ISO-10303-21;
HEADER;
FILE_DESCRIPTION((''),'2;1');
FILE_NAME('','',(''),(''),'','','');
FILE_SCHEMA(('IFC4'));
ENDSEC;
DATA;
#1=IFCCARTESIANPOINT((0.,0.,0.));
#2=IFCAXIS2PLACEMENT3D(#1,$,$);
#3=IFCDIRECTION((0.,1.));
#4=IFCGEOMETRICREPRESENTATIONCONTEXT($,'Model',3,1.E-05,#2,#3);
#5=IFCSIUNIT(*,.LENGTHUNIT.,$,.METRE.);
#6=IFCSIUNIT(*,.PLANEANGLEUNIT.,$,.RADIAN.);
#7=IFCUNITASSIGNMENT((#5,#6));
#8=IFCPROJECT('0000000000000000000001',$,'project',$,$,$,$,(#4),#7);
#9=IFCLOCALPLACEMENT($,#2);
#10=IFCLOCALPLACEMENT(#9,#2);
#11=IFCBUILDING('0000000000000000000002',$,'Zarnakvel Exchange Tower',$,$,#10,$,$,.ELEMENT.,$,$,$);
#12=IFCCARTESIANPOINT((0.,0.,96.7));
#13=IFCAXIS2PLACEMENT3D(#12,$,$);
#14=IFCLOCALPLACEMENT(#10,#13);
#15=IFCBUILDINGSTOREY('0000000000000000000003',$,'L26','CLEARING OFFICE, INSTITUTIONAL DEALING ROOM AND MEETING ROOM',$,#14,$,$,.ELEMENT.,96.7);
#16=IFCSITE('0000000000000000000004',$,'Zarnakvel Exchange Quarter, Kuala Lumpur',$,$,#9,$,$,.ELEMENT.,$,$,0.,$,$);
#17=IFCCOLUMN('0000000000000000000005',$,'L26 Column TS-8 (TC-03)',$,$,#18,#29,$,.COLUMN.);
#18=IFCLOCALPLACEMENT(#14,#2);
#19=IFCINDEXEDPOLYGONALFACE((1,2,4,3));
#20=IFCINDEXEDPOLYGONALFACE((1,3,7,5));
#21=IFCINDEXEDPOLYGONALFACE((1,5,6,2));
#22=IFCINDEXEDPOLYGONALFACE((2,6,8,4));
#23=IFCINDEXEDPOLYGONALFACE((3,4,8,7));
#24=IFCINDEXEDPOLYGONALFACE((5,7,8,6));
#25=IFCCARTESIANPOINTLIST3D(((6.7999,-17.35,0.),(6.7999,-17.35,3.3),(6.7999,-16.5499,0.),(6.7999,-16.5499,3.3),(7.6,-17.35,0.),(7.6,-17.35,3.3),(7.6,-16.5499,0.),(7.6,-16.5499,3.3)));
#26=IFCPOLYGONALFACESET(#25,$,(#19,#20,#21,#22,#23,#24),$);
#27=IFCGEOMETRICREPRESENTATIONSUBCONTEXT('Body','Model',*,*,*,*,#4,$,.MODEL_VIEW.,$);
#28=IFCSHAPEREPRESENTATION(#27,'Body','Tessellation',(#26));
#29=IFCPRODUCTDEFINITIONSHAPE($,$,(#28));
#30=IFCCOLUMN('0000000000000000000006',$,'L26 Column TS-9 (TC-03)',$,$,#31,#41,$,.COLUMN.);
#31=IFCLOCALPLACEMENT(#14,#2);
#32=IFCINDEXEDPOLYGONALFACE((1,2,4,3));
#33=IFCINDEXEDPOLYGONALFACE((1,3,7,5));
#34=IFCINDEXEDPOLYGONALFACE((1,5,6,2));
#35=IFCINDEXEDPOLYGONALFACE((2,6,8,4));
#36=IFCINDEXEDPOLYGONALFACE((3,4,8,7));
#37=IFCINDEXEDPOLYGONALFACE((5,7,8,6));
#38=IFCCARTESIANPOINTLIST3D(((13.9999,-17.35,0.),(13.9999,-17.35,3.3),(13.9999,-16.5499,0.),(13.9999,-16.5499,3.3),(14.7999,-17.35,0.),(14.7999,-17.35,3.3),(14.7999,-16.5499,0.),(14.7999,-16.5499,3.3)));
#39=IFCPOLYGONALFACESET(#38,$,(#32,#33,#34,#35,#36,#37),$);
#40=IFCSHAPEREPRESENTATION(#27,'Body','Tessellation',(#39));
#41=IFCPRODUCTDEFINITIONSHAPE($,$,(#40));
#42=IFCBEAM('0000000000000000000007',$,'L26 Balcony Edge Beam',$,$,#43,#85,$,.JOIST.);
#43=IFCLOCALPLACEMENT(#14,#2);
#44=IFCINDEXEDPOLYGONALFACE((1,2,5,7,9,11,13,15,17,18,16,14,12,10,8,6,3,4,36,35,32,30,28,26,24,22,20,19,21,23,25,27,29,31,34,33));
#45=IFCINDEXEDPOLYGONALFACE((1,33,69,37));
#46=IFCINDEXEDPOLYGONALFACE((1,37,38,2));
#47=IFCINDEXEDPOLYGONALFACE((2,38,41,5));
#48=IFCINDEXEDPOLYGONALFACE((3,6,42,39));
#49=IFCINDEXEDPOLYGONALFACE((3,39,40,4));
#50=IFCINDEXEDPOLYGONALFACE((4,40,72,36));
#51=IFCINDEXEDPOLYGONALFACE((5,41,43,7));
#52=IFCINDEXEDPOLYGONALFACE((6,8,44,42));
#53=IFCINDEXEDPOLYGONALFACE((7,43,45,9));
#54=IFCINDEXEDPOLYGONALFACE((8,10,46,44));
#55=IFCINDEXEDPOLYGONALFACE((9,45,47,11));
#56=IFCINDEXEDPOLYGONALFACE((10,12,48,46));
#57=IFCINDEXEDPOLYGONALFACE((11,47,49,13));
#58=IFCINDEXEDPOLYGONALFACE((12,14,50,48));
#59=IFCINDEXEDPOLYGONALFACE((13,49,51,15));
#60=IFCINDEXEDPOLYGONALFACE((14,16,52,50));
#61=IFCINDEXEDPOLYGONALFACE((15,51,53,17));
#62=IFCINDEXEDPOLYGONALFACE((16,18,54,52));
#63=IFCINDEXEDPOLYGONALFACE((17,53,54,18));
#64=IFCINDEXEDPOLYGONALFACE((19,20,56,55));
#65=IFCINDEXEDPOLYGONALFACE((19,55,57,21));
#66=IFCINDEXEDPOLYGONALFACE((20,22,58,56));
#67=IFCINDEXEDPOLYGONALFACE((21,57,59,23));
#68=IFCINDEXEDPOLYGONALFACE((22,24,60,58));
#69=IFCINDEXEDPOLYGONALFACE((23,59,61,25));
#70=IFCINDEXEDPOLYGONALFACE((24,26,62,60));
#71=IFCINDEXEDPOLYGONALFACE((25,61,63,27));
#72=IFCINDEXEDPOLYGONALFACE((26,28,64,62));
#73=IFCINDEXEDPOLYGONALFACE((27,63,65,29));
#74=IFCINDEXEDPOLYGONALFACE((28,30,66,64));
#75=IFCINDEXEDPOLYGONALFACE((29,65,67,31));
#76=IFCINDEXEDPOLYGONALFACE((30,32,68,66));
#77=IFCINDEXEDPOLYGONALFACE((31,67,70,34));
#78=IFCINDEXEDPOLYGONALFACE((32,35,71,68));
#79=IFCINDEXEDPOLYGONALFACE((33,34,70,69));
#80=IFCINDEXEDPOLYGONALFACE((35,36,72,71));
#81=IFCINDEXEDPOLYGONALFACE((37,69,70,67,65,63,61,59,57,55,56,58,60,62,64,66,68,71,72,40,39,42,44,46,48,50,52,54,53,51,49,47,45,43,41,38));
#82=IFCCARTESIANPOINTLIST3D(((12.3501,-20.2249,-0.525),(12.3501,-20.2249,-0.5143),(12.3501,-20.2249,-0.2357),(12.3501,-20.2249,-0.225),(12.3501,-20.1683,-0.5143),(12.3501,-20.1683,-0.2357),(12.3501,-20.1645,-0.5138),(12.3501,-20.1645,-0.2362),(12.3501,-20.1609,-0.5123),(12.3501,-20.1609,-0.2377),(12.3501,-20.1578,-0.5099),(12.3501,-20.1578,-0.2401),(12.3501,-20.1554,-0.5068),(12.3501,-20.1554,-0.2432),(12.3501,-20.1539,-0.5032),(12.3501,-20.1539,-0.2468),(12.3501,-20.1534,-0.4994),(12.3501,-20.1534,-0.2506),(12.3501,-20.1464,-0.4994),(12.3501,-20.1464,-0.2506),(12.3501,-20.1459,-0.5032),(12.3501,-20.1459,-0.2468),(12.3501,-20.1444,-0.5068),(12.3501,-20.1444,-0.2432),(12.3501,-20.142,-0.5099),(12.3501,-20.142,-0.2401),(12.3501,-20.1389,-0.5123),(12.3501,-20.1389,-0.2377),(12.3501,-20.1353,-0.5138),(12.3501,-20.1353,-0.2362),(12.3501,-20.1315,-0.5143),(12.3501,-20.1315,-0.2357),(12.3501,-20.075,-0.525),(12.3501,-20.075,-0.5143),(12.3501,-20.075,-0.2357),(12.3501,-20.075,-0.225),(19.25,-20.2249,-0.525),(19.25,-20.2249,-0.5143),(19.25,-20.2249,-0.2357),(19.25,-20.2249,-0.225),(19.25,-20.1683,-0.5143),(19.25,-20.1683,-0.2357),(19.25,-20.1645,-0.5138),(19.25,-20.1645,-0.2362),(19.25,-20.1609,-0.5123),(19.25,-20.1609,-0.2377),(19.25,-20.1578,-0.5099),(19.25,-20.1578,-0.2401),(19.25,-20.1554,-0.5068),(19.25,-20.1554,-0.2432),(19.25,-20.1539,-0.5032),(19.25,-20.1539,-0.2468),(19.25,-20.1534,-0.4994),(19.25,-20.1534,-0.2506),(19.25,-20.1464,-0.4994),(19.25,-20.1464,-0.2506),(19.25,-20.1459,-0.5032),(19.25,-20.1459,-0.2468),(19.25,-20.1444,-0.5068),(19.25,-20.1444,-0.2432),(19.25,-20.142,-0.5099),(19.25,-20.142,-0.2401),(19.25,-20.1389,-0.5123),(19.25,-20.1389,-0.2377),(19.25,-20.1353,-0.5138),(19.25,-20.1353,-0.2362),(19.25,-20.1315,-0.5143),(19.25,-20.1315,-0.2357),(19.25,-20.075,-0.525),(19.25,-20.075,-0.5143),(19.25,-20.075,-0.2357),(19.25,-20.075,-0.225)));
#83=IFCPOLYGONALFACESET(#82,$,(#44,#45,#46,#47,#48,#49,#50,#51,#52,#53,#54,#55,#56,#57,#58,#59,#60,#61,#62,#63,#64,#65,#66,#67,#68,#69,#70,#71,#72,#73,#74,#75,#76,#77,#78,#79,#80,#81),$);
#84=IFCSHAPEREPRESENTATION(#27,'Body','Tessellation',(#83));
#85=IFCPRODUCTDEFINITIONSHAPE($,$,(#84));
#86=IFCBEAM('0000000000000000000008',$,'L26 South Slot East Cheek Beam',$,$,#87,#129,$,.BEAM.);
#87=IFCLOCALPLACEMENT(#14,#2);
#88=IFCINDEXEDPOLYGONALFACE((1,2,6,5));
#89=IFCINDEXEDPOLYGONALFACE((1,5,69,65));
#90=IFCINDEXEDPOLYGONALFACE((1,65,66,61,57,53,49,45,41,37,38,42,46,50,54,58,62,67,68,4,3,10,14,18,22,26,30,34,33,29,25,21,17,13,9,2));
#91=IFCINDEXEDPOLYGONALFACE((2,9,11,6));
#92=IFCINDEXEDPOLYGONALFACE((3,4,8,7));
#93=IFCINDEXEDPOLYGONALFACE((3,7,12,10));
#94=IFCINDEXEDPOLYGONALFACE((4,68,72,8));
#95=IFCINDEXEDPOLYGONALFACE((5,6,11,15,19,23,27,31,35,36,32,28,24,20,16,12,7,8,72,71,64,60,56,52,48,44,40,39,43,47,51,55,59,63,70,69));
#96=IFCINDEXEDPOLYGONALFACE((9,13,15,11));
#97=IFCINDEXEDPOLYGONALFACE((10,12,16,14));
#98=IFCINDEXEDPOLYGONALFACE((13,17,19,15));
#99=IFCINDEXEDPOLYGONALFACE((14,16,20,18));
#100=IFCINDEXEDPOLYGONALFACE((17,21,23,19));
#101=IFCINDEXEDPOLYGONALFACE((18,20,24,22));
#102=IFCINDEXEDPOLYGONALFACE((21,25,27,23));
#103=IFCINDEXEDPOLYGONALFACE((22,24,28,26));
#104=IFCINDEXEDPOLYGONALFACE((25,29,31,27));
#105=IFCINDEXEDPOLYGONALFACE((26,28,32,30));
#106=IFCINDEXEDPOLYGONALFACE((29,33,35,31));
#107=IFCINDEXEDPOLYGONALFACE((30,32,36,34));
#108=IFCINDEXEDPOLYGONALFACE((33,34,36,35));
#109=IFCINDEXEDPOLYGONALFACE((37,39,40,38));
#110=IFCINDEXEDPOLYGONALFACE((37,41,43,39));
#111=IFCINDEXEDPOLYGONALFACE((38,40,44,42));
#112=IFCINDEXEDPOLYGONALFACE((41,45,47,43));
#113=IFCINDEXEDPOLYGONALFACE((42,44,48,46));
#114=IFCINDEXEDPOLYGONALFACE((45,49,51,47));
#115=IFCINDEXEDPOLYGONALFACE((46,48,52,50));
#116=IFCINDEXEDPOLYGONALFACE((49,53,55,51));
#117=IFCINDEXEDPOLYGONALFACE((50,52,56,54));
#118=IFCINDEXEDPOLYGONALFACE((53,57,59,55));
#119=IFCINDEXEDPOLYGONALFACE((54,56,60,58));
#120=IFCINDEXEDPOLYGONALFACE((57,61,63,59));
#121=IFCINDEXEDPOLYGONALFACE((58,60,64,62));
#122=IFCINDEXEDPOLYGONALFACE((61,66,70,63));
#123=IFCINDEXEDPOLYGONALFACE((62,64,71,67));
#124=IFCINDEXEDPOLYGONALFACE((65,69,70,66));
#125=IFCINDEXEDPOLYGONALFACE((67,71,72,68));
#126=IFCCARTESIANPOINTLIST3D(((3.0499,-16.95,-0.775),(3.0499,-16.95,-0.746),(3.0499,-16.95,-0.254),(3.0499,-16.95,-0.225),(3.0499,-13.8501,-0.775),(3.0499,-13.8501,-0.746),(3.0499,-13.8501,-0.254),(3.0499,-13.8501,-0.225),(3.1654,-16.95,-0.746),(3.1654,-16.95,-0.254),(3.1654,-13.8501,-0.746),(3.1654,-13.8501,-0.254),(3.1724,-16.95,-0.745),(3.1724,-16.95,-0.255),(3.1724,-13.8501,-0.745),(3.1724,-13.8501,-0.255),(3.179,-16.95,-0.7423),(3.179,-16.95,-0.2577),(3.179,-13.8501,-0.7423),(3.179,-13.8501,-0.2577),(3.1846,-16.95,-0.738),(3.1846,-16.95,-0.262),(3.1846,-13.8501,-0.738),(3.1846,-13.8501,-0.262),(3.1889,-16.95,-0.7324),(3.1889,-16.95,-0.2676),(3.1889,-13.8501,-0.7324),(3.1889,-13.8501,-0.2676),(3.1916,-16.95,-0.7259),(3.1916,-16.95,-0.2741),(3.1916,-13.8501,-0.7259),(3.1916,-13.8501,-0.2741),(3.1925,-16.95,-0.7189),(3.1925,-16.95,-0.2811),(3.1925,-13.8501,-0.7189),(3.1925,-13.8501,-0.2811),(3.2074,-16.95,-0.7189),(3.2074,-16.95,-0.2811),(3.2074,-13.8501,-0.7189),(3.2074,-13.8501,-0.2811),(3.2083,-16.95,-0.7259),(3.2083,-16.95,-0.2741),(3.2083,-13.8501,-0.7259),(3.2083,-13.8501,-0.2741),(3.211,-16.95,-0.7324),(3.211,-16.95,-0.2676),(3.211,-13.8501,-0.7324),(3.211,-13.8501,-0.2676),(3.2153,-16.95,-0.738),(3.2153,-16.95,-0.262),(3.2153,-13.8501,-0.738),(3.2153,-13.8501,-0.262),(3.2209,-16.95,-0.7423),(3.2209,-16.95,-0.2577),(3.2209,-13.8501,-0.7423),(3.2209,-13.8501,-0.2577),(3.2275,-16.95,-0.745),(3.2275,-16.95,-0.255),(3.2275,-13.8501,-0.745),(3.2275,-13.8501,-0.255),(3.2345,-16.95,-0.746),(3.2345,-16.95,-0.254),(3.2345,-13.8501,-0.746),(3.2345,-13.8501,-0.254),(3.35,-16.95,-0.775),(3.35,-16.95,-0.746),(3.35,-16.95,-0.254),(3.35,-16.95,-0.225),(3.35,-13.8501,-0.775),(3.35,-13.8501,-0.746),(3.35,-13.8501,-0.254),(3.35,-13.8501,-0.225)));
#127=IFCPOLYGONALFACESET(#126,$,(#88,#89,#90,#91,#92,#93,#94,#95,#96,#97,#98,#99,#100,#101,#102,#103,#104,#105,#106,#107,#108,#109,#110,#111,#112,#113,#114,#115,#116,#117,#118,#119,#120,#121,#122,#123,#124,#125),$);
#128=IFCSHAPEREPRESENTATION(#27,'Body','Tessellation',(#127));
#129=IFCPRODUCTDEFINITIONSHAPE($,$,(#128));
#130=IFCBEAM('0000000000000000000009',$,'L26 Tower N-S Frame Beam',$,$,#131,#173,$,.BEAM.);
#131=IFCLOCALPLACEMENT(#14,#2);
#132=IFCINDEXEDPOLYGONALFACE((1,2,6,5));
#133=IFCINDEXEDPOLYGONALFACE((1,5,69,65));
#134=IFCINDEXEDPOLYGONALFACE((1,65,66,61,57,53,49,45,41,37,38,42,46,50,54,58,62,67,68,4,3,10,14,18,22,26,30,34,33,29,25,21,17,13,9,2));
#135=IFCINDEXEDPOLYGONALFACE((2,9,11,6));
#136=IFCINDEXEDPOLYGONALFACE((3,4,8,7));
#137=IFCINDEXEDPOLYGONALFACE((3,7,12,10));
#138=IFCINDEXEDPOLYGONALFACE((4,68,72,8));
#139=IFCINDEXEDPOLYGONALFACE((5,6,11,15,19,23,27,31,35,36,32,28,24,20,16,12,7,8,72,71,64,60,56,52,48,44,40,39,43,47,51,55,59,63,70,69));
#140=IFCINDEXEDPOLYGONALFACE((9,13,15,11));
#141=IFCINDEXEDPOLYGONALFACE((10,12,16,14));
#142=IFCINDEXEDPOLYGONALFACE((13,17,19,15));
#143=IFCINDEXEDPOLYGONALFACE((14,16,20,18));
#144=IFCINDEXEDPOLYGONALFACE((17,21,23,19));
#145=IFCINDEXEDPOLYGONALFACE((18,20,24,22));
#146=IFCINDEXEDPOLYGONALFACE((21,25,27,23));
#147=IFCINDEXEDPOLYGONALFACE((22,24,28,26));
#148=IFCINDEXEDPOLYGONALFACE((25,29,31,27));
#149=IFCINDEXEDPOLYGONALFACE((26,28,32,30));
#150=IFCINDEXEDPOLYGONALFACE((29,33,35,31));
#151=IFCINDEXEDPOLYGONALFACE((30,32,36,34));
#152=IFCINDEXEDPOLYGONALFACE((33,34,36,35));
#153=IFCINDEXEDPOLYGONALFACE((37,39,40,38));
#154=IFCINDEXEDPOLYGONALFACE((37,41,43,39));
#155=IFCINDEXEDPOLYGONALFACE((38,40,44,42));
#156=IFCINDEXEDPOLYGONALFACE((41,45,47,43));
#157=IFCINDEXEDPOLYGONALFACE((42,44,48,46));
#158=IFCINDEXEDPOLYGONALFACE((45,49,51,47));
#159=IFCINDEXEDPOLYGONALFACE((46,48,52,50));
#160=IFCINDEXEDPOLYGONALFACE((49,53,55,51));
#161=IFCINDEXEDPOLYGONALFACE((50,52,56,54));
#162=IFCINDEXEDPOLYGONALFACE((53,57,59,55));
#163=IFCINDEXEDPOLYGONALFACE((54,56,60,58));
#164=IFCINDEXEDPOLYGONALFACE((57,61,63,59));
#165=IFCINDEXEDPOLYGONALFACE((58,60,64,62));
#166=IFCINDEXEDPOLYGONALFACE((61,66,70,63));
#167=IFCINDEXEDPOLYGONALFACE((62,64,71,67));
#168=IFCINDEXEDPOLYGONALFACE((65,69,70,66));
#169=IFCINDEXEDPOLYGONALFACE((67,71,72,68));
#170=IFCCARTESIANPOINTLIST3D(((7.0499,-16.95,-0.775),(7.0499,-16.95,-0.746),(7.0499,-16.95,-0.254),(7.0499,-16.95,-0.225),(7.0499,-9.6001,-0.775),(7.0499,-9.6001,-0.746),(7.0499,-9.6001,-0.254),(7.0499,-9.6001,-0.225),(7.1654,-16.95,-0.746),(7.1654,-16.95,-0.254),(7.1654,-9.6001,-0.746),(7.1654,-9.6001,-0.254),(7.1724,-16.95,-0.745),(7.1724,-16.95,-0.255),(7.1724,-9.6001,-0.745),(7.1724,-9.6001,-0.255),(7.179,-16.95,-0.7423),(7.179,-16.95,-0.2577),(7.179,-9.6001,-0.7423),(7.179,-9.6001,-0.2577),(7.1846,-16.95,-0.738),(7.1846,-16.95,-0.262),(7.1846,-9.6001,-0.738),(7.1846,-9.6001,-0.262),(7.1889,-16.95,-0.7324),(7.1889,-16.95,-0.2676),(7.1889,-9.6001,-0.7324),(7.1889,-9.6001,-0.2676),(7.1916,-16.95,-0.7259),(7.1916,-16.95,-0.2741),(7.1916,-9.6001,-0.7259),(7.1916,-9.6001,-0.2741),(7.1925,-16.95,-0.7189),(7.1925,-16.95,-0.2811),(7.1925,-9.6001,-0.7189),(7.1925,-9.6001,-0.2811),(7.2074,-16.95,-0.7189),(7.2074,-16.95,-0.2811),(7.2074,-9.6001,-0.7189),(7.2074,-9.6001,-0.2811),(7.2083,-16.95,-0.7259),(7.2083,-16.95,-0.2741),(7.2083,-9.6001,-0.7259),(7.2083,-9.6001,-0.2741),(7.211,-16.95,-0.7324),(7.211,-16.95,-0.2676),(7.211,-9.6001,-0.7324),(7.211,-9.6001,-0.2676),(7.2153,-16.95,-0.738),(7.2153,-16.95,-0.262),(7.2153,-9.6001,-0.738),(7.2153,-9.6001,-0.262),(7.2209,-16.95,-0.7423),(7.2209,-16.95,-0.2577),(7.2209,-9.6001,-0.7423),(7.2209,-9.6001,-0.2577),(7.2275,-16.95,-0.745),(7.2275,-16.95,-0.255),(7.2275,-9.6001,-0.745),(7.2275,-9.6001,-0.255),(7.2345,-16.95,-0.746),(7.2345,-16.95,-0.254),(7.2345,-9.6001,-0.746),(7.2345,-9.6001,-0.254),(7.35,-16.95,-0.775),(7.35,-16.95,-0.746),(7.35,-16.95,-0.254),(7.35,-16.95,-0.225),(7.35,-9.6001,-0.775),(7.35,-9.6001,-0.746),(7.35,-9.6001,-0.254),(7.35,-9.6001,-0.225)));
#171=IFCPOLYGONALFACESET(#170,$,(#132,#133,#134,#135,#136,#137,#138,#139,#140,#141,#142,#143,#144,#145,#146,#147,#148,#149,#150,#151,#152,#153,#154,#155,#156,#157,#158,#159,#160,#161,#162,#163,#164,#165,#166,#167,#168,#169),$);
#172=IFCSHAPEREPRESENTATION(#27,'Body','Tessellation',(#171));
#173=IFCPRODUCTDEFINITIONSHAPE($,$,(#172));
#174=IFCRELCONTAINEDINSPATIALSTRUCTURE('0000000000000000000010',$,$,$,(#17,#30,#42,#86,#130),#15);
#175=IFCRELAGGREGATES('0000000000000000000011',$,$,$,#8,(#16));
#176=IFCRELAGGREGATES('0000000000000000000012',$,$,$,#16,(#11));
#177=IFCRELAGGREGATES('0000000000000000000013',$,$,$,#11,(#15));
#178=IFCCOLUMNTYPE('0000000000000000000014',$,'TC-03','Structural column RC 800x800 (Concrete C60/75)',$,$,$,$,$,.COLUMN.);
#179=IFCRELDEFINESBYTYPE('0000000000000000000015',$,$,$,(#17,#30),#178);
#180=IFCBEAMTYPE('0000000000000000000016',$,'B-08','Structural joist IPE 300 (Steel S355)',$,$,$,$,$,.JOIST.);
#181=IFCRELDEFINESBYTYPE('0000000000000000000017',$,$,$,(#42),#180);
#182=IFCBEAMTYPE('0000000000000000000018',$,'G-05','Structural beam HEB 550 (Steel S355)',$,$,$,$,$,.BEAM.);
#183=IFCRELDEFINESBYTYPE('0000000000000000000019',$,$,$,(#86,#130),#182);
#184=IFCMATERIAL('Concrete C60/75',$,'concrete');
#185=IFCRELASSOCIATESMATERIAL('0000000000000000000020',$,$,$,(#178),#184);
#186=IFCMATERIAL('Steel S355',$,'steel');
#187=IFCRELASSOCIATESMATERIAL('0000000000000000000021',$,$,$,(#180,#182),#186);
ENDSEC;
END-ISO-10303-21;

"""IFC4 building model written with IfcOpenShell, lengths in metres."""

from ifc_helpers import new_model, si_unit, direction, frame, origin, origin_2d, place, context, subcontext, project, spatial, rectangle, i_section, extrude, material, material_profile, profile_set, type_object, element, save


model = new_model("IFC4")

# Units and contexts
model_context = context("Model", 3, precision=1e-05, world=origin(), true_north=direction((0.0, 1.0)))
body_context = subcontext(model_context, "Body", "Model", "MODEL_VIEW")
ifc_project = project(units=[si_unit("LENGTHUNIT", "METRE"), si_unit("PLANEANGLEUNIT", "RADIAN")], contexts=[model_context])

# Site, building, storey
site_placement = place(None, origin())
site = spatial("IfcSite", under=ifc_project, at=site_placement, Name="Zarnakvel Exchange Quarter, Kuala Lumpur", CompositionType="ELEMENT", RefElevation=0.0)
building_placement = place(site_placement, origin())
building = spatial("IfcBuilding", under=site, at=building_placement, Name="Zarnakvel Exchange Tower", CompositionType="ELEMENT")
storey_placement = place(building_placement, frame((0.0, 0.0, 96.7)))
storey = spatial("IfcBuildingStorey", under=building, at=storey_placement, Name="L26", Description="CLEARING OFFICE, INSTITUTIONAL DEALING ROOM AND MEETING ROOM", CompositionType="ELEMENT", Elevation=96.7)

# Columns
ifc_material_1 = material(Name="Concrete C60/75", Category="concrete")
ifc_material_profile_1 = material_profile(ifc_material_1, rectangle(XDim=0.8, YDim=0.8, at=origin_2d()))
ifc_profile_set_1 = profile_set([ifc_material_profile_1], Name="Concrete C60/75")
column_type = type_object("IfcColumnType", Name="TC-03", Description="Structural column RC 800x800 (Concrete C60/75)", PredefinedType="COLUMN", material=ifc_profile_set_1)
for number, where, z_axis, x_axis, name in (
    (1, (7.2, -16.95, 0.0), (0.0, 0.0, 1.0), (1.0, 0.0, 0.0), "L26 Column TS-8 (TC-03)"),
    (2, (14.3999, -16.95, 0.0), (0.0, 0.0, 1.0), (1.0, 0.0, 0.0), "L26 Column TS-9 (TC-03)"),
):
    element("IfcColumn", number, at=place(storey_placement, frame(where, z_axis=z_axis, x_axis=x_axis)), inside=storey, type_object=column_type, Name=name, PredefinedType="COLUMN", context=body_context, shape_type="SweptSolid", body=[
        extrude(rectangle(XDim=0.8, YDim=0.8, at=origin_2d()), origin(), (0.0, 0.0, 1.0), 3.3),
    ])

# Beams
ifc_material_2 = material(Name="Steel S355", Category="steel")
ifc_material_profile_2 = material_profile(ifc_material_2, i_section(OverallWidth=0.1499, OverallDepth=0.3, WebThickness=0.0071, FlangeThickness=0.0107, FilletRadius=0.0149, at=origin_2d()))
ifc_profile_set_2 = profile_set([ifc_material_profile_2], Name="Steel S355")
beam_type_1 = type_object("IfcBeamType", Name="B-08", Description="Structural joist IPE 300 (Steel S355)", PredefinedType="JOIST", material=ifc_profile_set_2)
beam_1_placement = place(storey_placement, frame((12.3501, -20.1499, -0.375), z_axis=(1.0, 0.0, 0.0), x_axis=(0.0, 1.0, 0.0)))
element("IfcBeam", 3, at=beam_1_placement, inside=storey, type_object=beam_type_1, Name="L26 Balcony Edge Beam", PredefinedType="JOIST", context=body_context, shape_type="SweptSolid", body=[
    extrude(i_section(OverallWidth=0.1499, OverallDepth=0.3, WebThickness=0.0071, FlangeThickness=0.0107, FilletRadius=0.0149, at=origin_2d()), origin(), (0.0, 0.0, 1.0), 6.8999),
])
ifc_material_profile_3 = material_profile(ifc_material_2, i_section(OverallWidth=0.3, OverallDepth=0.55, WebThickness=0.0149, FlangeThickness=0.0291, FilletRadius=0.0271, at=origin_2d()))
ifc_profile_set_3 = profile_set([ifc_material_profile_3], Name="Steel S355")
beam_type_2 = type_object("IfcBeamType", Name="G-05", Description="Structural beam HEB 550 (Steel S355)", PredefinedType="BEAM", material=ifc_profile_set_3)
beam_2_placement = place(storey_placement, frame((3.2, -16.95, -0.5), z_axis=(0.0, 1.0, 0.0), x_axis=(-1.0, 0.0, 0.0)))
element("IfcBeam", 4, at=beam_2_placement, inside=storey, type_object=beam_type_2, Name="L26 South Slot East Cheek Beam", PredefinedType="BEAM", context=body_context, shape_type="SweptSolid", body=[
    extrude(i_section(OverallWidth=0.3, OverallDepth=0.55, WebThickness=0.0149, FlangeThickness=0.0291, FilletRadius=0.0271, at=origin_2d()), origin(), (0.0, 0.0, 1.0), 3.0999),
])
for number, where, z_axis, x_axis, name in (
    (5, (7.2, -16.95, -0.5), (0.0, 1.0, 0.0), (-1.0, 0.0, 0.0), "L26 Tower N-S Frame Beam"),
):
    element("IfcBeam", number, at=place(storey_placement, frame(where, z_axis=z_axis, x_axis=x_axis)), inside=storey, type_object=beam_type_2, Name=name, PredefinedType="BEAM", context=body_context, shape_type="SweptSolid", body=[
        extrude(i_section(OverallWidth=0.3, OverallDepth=0.55, WebThickness=0.0149, FlangeThickness=0.0291, FilletRadius=0.0271, at=origin_2d()), origin(), (0.0, 0.0, 1.0), 7.3499),
    ])

save(model, "model.ifc")
